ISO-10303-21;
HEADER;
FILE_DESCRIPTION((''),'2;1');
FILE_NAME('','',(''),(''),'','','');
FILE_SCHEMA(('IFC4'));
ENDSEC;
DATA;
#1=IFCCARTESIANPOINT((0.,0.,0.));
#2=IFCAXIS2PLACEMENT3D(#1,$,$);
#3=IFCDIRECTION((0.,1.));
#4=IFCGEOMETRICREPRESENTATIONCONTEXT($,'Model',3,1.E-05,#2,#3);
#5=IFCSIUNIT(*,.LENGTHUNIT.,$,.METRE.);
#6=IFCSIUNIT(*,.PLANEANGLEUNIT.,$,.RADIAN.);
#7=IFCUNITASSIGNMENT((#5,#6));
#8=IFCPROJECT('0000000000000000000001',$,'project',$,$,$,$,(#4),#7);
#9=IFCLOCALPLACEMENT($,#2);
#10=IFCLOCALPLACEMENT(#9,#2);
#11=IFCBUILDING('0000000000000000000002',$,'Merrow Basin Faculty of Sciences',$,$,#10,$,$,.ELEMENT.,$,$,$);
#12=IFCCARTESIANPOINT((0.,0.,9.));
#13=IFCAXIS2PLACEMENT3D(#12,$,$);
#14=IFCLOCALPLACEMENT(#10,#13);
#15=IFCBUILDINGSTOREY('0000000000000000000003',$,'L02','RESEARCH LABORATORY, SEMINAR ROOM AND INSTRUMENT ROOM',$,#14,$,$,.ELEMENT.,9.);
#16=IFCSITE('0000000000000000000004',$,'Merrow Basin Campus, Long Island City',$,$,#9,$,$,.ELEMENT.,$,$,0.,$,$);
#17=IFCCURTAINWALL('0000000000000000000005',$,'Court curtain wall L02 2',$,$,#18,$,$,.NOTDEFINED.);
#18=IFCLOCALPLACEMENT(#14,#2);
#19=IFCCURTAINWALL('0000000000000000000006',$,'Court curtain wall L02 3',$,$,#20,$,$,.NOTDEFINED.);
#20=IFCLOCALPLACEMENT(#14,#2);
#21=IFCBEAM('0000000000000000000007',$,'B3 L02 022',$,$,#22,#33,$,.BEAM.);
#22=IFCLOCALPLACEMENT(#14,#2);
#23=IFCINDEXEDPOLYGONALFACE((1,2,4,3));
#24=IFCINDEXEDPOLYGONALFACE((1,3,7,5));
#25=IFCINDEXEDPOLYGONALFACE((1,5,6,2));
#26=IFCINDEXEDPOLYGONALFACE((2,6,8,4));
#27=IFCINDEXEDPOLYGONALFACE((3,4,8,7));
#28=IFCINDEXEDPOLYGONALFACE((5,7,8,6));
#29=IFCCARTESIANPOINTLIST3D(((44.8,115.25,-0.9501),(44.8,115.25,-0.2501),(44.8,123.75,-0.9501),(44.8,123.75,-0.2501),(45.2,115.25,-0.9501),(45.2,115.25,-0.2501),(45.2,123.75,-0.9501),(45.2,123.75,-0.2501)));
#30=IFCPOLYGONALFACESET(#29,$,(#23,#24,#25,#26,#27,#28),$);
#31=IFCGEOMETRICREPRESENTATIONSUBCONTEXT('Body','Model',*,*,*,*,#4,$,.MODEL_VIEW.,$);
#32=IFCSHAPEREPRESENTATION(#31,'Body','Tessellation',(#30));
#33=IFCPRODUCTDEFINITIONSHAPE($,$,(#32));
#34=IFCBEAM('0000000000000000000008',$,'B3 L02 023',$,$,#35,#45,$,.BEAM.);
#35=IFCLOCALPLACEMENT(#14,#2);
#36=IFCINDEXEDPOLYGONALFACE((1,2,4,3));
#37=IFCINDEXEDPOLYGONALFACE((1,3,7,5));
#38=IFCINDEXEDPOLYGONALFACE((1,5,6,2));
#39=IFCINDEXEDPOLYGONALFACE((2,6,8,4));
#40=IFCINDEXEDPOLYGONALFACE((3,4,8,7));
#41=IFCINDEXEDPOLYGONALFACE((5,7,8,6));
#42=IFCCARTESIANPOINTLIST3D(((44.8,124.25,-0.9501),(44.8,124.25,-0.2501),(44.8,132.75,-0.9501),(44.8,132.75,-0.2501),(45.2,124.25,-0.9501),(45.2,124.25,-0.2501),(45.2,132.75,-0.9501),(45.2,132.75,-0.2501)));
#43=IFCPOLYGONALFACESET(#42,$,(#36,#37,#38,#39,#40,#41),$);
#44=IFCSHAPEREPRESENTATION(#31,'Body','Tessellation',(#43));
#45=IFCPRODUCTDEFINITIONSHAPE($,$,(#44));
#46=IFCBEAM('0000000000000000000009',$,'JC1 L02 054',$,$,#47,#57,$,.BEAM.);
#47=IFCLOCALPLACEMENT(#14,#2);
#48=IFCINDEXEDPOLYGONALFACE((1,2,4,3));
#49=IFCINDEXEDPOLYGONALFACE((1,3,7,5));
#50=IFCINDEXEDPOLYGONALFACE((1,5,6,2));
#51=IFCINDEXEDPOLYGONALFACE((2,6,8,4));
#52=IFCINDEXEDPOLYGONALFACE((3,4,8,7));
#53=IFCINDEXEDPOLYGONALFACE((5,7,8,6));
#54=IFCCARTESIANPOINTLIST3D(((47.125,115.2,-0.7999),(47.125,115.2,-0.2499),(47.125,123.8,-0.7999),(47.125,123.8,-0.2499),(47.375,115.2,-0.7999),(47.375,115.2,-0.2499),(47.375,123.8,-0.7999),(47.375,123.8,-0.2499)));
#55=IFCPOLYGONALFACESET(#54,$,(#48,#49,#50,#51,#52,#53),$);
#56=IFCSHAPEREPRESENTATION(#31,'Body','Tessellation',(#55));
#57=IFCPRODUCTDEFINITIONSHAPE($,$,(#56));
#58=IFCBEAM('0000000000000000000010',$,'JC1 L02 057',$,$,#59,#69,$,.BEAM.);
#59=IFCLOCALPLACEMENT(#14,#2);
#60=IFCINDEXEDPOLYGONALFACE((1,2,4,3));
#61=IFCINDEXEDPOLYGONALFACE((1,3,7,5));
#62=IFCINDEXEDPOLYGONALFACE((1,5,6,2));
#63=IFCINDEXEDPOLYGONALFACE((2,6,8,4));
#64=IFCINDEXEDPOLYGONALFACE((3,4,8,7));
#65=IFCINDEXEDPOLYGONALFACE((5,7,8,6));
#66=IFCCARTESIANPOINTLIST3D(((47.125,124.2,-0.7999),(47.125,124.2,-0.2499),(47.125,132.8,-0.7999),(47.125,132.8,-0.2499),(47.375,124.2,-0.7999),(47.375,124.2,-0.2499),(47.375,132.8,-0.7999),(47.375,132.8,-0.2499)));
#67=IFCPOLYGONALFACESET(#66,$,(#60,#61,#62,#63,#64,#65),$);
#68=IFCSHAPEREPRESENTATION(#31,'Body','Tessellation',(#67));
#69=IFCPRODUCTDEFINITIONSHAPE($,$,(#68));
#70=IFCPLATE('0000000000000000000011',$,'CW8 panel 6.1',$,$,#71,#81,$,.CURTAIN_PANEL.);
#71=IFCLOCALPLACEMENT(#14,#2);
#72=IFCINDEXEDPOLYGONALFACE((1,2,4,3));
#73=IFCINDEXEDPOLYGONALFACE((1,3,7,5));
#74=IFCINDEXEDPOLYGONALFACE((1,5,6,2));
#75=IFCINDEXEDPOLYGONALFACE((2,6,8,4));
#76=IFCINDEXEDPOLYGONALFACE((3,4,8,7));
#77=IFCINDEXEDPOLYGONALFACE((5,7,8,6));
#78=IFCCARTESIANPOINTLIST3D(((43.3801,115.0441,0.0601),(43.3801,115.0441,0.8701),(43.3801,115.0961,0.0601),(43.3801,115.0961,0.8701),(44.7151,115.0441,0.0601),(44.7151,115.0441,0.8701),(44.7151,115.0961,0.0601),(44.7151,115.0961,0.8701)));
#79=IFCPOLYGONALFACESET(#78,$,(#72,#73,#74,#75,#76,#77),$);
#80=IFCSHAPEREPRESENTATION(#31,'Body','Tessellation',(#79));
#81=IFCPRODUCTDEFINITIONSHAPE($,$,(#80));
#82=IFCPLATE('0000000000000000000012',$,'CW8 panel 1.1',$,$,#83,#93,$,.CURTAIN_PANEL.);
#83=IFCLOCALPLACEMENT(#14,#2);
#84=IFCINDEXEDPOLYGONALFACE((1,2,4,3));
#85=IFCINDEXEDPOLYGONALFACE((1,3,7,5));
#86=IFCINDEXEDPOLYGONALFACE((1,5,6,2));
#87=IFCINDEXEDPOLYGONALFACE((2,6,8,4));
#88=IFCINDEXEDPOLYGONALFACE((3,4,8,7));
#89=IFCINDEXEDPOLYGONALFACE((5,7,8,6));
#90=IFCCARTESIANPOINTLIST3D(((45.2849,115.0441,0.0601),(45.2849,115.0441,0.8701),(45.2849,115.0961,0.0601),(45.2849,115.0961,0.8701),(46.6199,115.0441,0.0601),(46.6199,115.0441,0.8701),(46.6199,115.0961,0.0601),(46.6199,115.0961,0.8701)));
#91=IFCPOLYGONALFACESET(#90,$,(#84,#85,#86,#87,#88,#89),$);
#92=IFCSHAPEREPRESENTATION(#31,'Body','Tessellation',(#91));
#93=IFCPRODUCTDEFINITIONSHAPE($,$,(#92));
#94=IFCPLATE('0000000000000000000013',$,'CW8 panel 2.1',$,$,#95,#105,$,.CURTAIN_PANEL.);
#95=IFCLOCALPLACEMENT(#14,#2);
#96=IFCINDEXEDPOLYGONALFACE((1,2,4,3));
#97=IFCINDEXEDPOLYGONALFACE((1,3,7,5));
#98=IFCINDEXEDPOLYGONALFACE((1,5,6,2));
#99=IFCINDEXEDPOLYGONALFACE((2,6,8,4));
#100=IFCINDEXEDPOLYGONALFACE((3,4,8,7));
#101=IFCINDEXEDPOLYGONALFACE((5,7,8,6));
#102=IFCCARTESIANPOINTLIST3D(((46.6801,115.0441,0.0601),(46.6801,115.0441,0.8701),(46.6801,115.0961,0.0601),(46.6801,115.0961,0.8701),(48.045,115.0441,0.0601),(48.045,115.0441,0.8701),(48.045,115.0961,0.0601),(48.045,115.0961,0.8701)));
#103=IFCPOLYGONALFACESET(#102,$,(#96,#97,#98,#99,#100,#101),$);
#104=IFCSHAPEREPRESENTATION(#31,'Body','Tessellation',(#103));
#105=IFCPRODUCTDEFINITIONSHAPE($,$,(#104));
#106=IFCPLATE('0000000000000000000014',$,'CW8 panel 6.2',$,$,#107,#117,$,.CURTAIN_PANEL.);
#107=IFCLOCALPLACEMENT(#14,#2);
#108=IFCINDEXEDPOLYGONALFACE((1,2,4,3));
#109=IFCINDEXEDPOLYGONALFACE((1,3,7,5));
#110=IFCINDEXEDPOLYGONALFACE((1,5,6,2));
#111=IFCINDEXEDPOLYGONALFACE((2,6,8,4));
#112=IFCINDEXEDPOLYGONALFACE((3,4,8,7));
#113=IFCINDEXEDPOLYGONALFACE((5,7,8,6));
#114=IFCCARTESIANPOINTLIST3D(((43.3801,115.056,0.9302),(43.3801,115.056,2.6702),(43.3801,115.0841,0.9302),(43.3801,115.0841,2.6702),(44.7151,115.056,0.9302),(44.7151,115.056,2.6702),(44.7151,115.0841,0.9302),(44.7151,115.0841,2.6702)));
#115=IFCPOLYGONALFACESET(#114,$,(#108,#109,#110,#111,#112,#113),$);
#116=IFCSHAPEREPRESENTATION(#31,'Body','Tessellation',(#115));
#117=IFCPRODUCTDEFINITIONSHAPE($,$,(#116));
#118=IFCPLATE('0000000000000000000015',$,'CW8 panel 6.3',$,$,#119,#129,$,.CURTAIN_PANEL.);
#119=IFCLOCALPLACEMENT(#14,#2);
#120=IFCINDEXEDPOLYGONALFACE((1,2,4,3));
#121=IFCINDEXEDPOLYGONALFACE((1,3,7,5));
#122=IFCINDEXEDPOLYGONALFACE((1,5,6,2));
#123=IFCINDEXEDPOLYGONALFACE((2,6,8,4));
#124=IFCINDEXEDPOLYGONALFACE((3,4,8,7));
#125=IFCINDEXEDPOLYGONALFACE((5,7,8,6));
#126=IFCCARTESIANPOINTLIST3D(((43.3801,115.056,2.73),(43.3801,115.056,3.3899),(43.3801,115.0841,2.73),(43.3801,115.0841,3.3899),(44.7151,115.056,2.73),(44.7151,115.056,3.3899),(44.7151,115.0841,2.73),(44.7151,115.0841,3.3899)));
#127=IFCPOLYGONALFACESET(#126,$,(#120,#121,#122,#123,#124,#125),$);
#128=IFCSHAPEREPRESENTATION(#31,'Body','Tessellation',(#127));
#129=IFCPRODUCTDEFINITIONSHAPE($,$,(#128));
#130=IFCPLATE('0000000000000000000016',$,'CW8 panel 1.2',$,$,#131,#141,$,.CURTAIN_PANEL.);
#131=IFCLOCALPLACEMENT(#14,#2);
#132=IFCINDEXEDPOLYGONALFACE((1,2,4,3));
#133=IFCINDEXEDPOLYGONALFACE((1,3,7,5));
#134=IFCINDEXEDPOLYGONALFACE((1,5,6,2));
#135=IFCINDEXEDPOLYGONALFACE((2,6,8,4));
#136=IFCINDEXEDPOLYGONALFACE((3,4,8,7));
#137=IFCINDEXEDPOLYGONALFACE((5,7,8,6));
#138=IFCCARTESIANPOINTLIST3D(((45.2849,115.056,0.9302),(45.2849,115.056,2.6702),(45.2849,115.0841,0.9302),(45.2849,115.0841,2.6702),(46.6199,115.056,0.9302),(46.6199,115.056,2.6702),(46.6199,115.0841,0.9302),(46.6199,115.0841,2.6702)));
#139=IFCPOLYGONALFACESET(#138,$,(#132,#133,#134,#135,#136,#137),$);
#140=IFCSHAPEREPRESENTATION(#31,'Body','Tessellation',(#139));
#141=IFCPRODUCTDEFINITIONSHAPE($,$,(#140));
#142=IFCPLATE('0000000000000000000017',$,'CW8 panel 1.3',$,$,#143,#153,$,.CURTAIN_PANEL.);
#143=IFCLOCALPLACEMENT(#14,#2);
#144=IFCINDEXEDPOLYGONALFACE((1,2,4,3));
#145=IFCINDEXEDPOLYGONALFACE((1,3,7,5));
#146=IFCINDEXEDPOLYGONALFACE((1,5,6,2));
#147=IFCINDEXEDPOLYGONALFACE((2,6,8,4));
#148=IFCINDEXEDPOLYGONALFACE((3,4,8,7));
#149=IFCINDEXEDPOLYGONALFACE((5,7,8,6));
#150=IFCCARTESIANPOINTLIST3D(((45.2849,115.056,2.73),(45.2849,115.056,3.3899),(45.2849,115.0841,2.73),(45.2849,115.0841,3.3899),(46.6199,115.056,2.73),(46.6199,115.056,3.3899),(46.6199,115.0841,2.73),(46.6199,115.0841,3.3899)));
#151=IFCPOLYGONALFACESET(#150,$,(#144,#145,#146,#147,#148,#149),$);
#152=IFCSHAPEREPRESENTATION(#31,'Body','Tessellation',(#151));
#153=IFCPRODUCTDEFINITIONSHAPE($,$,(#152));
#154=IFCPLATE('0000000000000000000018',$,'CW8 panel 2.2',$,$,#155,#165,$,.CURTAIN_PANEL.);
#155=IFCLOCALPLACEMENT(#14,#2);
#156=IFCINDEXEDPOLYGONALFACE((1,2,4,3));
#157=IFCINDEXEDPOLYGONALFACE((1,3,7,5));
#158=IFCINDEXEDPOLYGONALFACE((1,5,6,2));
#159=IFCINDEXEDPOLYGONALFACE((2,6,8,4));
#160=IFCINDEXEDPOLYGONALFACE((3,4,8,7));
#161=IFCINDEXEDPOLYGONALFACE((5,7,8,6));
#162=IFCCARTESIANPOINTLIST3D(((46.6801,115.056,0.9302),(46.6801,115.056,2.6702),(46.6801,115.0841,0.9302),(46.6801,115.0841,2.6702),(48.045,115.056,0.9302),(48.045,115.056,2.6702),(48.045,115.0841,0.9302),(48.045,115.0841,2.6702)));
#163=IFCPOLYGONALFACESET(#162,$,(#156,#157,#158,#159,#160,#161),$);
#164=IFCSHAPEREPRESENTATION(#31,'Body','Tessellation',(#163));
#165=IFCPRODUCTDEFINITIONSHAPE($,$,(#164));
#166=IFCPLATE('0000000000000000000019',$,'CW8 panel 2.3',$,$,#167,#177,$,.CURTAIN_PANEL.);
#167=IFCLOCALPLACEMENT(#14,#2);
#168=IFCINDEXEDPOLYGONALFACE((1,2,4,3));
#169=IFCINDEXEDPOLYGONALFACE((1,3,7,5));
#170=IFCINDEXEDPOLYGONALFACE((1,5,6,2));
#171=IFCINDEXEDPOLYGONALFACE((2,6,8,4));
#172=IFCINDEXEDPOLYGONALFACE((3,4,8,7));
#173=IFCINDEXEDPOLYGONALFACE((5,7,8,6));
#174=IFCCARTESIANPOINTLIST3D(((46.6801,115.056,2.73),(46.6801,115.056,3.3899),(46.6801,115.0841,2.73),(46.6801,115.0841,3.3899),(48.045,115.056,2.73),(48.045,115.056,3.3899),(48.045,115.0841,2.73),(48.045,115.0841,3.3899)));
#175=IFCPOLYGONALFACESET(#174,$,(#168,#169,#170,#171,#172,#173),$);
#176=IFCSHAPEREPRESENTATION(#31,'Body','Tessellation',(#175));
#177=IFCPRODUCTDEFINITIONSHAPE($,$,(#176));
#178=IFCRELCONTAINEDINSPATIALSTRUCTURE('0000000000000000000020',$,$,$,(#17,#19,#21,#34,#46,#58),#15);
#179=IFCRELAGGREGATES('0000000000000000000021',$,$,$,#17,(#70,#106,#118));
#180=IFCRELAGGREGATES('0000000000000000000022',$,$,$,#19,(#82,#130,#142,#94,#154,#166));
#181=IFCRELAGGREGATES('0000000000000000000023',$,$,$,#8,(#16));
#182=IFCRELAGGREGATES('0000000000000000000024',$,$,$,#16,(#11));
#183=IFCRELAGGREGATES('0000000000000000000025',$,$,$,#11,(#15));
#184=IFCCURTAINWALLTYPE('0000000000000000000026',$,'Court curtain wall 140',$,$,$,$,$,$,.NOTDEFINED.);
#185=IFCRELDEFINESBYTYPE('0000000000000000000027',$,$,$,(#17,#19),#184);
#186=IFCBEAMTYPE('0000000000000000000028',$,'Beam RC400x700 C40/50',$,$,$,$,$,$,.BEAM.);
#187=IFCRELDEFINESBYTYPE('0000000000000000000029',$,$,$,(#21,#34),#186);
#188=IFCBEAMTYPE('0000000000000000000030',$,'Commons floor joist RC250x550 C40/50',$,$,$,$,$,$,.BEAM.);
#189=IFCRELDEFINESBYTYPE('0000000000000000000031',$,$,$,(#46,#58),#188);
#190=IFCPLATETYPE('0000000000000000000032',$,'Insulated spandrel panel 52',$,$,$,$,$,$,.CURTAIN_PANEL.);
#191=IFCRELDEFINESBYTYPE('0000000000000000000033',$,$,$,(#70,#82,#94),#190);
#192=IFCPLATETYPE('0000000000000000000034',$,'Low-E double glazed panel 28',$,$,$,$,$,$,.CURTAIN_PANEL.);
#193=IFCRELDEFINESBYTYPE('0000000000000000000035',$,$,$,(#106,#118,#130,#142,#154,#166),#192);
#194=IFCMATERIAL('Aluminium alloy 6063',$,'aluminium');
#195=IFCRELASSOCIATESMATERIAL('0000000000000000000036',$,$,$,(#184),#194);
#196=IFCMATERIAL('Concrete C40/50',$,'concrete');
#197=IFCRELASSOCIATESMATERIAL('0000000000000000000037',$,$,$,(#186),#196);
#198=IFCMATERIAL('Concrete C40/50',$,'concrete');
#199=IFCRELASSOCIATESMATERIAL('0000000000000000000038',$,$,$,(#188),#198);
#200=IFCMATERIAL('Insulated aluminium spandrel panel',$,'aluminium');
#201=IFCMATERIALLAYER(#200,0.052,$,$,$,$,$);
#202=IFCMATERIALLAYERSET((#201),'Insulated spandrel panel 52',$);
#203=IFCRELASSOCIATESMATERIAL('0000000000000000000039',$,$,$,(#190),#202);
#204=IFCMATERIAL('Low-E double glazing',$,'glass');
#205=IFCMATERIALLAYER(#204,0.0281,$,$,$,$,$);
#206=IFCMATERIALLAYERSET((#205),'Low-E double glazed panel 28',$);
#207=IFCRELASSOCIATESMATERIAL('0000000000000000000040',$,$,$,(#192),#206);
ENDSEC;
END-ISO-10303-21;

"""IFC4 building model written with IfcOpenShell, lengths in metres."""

from ifc_helpers import new_model, si_unit, direction, frame, origin, origin_2d, place, context, subcontext, project, spatial, rectangle, extrude, material, layer, layer_set, material_profile, profile_set, type_object, element, aggregate, save


model = new_model("IFC4")

# Units and contexts
model_context = context("Model", 3, precision=1e-05, world=origin(), true_north=direction((0.0, 1.0)))
body_context = subcontext(model_context, "Body", "Model", "MODEL_VIEW")
ifc_project = project(units=[si_unit("LENGTHUNIT", "METRE"), si_unit("PLANEANGLEUNIT", "RADIAN")], contexts=[model_context])

# Site, building, storey
site_placement = place(None, origin())
site = spatial("IfcSite", under=ifc_project, at=site_placement, Name="Merrow Basin Campus, Long Island City", CompositionType="ELEMENT", RefElevation=0.0)
building_placement = place(site_placement, origin())
building = spatial("IfcBuilding", under=site, at=building_placement, Name="Merrow Basin Faculty of Sciences", CompositionType="ELEMENT")
storey_placement = place(building_placement, frame((0.0, 0.0, 9.0)))
storey = spatial("IfcBuildingStorey", under=building, at=storey_placement, Name="L02", Description="RESEARCH LABORATORY, SEMINAR ROOM AND INSTRUMENT ROOM", CompositionType="ELEMENT", Elevation=9.0)

# Curtain wall
ifc_material_1 = material(Name="Aluminium alloy 6063", Category="aluminium")
curtain_wall_type = type_object("IfcCurtainWallType", Name="Court curtain wall 140", PredefinedType="NOTDEFINED", material=ifc_material_1)
curtain_wall_1_placement = place(storey_placement, origin())
curtain_wall_1 = element("IfcCurtainWall", 1, at=curtain_wall_1_placement, inside=storey, type_object=curtain_wall_type, Name="Court curtain wall L02 2", PredefinedType="NOTDEFINED")

# Curtain wall
curtain_wall_2_placement = place(storey_placement, origin())
curtain_wall_2 = element("IfcCurtainWall", 2, at=curtain_wall_2_placement, inside=storey, type_object=curtain_wall_type, Name="Court curtain wall L02 3", PredefinedType="NOTDEFINED")

# Beams
ifc_material_2 = material(Name="Concrete C40/50", Category="concrete")
ifc_material_profile_1 = material_profile(ifc_material_2, rectangle(XDim=0.3999, YDim=0.7, at=origin_2d()))
ifc_profile_set_1 = profile_set([ifc_material_profile_1], Name="Concrete C40/50")
beam_type_1 = type_object("IfcBeamType", Name="Beam RC400x700 C40/50", PredefinedType="BEAM", material=ifc_profile_set_1)
for number, where, z_axis, x_axis, name in (
    (3, (45.0, 115.25, -0.6001), (0.0, 1.0, 0.0), (-1.0, 0.0, 0.0), "B3 L02 022"),
    (4, (45.0, 124.25, -0.6001), (0.0, 1.0, 0.0), (-1.0, 0.0, 0.0), "B3 L02 023"),
):
    element("IfcBeam", number, at=place(storey_placement, frame(where, z_axis=z_axis, x_axis=x_axis)), inside=storey, type_object=beam_type_1, Name=name, PredefinedType="BEAM", context=body_context, shape_type="SweptSolid", body=[
        extrude(rectangle(XDim=0.3999, YDim=0.7, at=origin_2d()), origin(), (0.0, 0.0, 1.0), 8.5),
    ])
ifc_material_3 = material(Name="Concrete C40/50", Category="concrete")
ifc_material_profile_2 = material_profile(ifc_material_3, rectangle(XDim=0.25, YDim=0.55, at=origin_2d()))
ifc_profile_set_2 = profile_set([ifc_material_profile_2], Name="Concrete C40/50")
beam_type_2 = type_object("IfcBeamType", Name="Commons floor joist RC250x550 C40/50", PredefinedType="BEAM", material=ifc_profile_set_2)
for number, where, z_axis, x_axis, name in (
    (5, (47.25, 115.2, -0.5249), (0.0, 1.0, 0.0), (-1.0, 0.0, 0.0), "JC1 L02 054"),
    (6, (47.25, 124.2, -0.5249), (0.0, 1.0, 0.0), (-1.0, 0.0, 0.0), "JC1 L02 057"),
):
    element("IfcBeam", number, at=place(storey_placement, frame(where, z_axis=z_axis, x_axis=x_axis)), inside=storey, type_object=beam_type_2, Name=name, PredefinedType="BEAM", context=body_context, shape_type="SweptSolid", body=[
        extrude(rectangle(XDim=0.25, YDim=0.55, at=origin_2d()), origin(), (0.0, 0.0, 1.0), 8.6001),
    ])

# Plates
ifc_material_4 = material(Name="Insulated aluminium spandrel panel", Category="aluminium")
ifc_layer_1 = layer(ifc_material_4, 0.052)
ifc_layer_set_1 = layer_set([ifc_layer_1], Name="Insulated spandrel panel 52")
plate_type_1 = type_object("IfcPlateType", Name="Insulated spandrel panel 52", PredefinedType="CURTAIN_PANEL", material=ifc_layer_set_1)
plate_1_placement = place(storey_placement, frame((44.0476, 115.0701, 0.0601), z_axis=(0.0, 0.0, 1.0), x_axis=(1.0, 0.0, 0.0)))
plate_1 = element("IfcPlate", 7, at=plate_1_placement, type_object=plate_type_1, Name="CW8 panel 6.1", PredefinedType="CURTAIN_PANEL", context=body_context, shape_type="SweptSolid", body=[
    extrude(rectangle(XDim=1.335, YDim=0.052, at=origin_2d()), origin(), (0.0, 0.0, 1.0), 0.8101),
])
plate_2_placement = place(storey_placement, frame((45.9524, 115.0701, 0.0601), z_axis=(0.0, 0.0, 1.0), x_axis=(1.0, 0.0, 0.0)))
plate_2 = element("IfcPlate", 8, at=plate_2_placement, type_object=plate_type_1, Name="CW8 panel 1.1", PredefinedType="CURTAIN_PANEL", context=body_context, shape_type="SweptSolid", body=[
    extrude(rectangle(XDim=1.335, YDim=0.052, at=origin_2d()), origin(), (0.0, 0.0, 1.0), 0.8101),
])
plate_3_placement = place(storey_placement, frame((47.3625, 115.0701, 0.0601), z_axis=(0.0, 0.0, 1.0), x_axis=(1.0, 0.0, 0.0)))
plate_3 = element("IfcPlate", 9, at=plate_3_placement, type_object=plate_type_1, Name="CW8 panel 2.1", PredefinedType="CURTAIN_PANEL", context=body_context, shape_type="SweptSolid", body=[
    extrude(rectangle(XDim=1.365, YDim=0.052, at=origin_2d()), origin(), (0.0, 0.0, 1.0), 0.8101),
])
ifc_material_5 = material(Name="Low-E double glazing", Category="glass")
ifc_layer_2 = layer(ifc_material_5, 0.0281)
ifc_layer_set_2 = layer_set([ifc_layer_2], Name="Low-E double glazed panel 28")
plate_type_2 = type_object("IfcPlateType", Name="Low-E double glazed panel 28", PredefinedType="CURTAIN_PANEL", material=ifc_layer_set_2)
plate_4_placement = place(storey_placement, frame((44.0476, 115.0701, 0.9302), z_axis=(0.0, 0.0, 1.0), x_axis=(1.0, 0.0, 0.0)))
plate_4 = element("IfcPlate", 10, at=plate_4_placement, type_object=plate_type_2, Name="CW8 panel 6.2", PredefinedType="CURTAIN_PANEL", context=body_context, shape_type="SweptSolid", body=[
    extrude(rectangle(XDim=1.335, YDim=0.0281, at=origin_2d()), origin(), (0.0, 0.0, 1.0), 1.74),
])
plate_5_placement = place(storey_placement, frame((44.0476, 115.0701, 2.73), z_axis=(0.0, 0.0, 1.0), x_axis=(1.0, 0.0, 0.0)))
plate_5 = element("IfcPlate", 11, at=plate_5_placement, type_object=plate_type_2, Name="CW8 panel 6.3", PredefinedType="CURTAIN_PANEL", context=body_context, shape_type="SweptSolid", body=[
    extrude(rectangle(XDim=1.335, YDim=0.0281, at=origin_2d()), origin(), (0.0, 0.0, 1.0), 0.6599),
])
aggregate(curtain_wall_1, [plate_1, plate_4, plate_5])
plate_6_placement = place(storey_placement, frame((45.9524, 115.0701, 0.9302), z_axis=(0.0, 0.0, 1.0), x_axis=(1.0, 0.0, 0.0)))
plate_6 = element("IfcPlate", 12, at=plate_6_placement, type_object=plate_type_2, Name="CW8 panel 1.2", PredefinedType="CURTAIN_PANEL", context=body_context, shape_type="SweptSolid", body=[
    extrude(rectangle(XDim=1.335, YDim=0.0281, at=origin_2d()), origin(), (0.0, 0.0, 1.0), 1.74),
])
plate_7_placement = place(storey_placement, frame((45.9524, 115.0701, 2.73), z_axis=(0.0, 0.0, 1.0), x_axis=(1.0, 0.0, 0.0)))
plate_7 = element("IfcPlate", 13, at=plate_7_placement, type_object=plate_type_2, Name="CW8 panel 1.3", PredefinedType="CURTAIN_PANEL", context=body_context, shape_type="SweptSolid", body=[
    extrude(rectangle(XDim=1.335, YDim=0.0281, at=origin_2d()), origin(), (0.0, 0.0, 1.0), 0.6599),
])
plate_8_placement = place(storey_placement, frame((47.3625, 115.0701, 0.9302), z_axis=(0.0, 0.0, 1.0), x_axis=(1.0, 0.0, 0.0)))
plate_8 = element("IfcPlate", 14, at=plate_8_placement, type_object=plate_type_2, Name="CW8 panel 2.2", PredefinedType="CURTAIN_PANEL", context=body_context, shape_type="SweptSolid", body=[
    extrude(rectangle(XDim=1.365, YDim=0.0281, at=origin_2d()), origin(), (0.0, 0.0, 1.0), 1.74),
])
plate_9_placement = place(storey_placement, frame((47.3625, 115.0701, 2.73), z_axis=(0.0, 0.0, 1.0), x_axis=(1.0, 0.0, 0.0)))
plate_9 = element("IfcPlate", 15, at=plate_9_placement, type_object=plate_type_2, Name="CW8 panel 2.3", PredefinedType="CURTAIN_PANEL", context=body_context, shape_type="SweptSolid", body=[
    extrude(rectangle(XDim=1.365, YDim=0.0281, at=origin_2d()), origin(), (0.0, 0.0, 1.0), 0.6599),
])
aggregate(curtain_wall_2, [plate_2, plate_6, plate_7, plate_3, plate_8, plate_9])

save(model, "model.ifc")
